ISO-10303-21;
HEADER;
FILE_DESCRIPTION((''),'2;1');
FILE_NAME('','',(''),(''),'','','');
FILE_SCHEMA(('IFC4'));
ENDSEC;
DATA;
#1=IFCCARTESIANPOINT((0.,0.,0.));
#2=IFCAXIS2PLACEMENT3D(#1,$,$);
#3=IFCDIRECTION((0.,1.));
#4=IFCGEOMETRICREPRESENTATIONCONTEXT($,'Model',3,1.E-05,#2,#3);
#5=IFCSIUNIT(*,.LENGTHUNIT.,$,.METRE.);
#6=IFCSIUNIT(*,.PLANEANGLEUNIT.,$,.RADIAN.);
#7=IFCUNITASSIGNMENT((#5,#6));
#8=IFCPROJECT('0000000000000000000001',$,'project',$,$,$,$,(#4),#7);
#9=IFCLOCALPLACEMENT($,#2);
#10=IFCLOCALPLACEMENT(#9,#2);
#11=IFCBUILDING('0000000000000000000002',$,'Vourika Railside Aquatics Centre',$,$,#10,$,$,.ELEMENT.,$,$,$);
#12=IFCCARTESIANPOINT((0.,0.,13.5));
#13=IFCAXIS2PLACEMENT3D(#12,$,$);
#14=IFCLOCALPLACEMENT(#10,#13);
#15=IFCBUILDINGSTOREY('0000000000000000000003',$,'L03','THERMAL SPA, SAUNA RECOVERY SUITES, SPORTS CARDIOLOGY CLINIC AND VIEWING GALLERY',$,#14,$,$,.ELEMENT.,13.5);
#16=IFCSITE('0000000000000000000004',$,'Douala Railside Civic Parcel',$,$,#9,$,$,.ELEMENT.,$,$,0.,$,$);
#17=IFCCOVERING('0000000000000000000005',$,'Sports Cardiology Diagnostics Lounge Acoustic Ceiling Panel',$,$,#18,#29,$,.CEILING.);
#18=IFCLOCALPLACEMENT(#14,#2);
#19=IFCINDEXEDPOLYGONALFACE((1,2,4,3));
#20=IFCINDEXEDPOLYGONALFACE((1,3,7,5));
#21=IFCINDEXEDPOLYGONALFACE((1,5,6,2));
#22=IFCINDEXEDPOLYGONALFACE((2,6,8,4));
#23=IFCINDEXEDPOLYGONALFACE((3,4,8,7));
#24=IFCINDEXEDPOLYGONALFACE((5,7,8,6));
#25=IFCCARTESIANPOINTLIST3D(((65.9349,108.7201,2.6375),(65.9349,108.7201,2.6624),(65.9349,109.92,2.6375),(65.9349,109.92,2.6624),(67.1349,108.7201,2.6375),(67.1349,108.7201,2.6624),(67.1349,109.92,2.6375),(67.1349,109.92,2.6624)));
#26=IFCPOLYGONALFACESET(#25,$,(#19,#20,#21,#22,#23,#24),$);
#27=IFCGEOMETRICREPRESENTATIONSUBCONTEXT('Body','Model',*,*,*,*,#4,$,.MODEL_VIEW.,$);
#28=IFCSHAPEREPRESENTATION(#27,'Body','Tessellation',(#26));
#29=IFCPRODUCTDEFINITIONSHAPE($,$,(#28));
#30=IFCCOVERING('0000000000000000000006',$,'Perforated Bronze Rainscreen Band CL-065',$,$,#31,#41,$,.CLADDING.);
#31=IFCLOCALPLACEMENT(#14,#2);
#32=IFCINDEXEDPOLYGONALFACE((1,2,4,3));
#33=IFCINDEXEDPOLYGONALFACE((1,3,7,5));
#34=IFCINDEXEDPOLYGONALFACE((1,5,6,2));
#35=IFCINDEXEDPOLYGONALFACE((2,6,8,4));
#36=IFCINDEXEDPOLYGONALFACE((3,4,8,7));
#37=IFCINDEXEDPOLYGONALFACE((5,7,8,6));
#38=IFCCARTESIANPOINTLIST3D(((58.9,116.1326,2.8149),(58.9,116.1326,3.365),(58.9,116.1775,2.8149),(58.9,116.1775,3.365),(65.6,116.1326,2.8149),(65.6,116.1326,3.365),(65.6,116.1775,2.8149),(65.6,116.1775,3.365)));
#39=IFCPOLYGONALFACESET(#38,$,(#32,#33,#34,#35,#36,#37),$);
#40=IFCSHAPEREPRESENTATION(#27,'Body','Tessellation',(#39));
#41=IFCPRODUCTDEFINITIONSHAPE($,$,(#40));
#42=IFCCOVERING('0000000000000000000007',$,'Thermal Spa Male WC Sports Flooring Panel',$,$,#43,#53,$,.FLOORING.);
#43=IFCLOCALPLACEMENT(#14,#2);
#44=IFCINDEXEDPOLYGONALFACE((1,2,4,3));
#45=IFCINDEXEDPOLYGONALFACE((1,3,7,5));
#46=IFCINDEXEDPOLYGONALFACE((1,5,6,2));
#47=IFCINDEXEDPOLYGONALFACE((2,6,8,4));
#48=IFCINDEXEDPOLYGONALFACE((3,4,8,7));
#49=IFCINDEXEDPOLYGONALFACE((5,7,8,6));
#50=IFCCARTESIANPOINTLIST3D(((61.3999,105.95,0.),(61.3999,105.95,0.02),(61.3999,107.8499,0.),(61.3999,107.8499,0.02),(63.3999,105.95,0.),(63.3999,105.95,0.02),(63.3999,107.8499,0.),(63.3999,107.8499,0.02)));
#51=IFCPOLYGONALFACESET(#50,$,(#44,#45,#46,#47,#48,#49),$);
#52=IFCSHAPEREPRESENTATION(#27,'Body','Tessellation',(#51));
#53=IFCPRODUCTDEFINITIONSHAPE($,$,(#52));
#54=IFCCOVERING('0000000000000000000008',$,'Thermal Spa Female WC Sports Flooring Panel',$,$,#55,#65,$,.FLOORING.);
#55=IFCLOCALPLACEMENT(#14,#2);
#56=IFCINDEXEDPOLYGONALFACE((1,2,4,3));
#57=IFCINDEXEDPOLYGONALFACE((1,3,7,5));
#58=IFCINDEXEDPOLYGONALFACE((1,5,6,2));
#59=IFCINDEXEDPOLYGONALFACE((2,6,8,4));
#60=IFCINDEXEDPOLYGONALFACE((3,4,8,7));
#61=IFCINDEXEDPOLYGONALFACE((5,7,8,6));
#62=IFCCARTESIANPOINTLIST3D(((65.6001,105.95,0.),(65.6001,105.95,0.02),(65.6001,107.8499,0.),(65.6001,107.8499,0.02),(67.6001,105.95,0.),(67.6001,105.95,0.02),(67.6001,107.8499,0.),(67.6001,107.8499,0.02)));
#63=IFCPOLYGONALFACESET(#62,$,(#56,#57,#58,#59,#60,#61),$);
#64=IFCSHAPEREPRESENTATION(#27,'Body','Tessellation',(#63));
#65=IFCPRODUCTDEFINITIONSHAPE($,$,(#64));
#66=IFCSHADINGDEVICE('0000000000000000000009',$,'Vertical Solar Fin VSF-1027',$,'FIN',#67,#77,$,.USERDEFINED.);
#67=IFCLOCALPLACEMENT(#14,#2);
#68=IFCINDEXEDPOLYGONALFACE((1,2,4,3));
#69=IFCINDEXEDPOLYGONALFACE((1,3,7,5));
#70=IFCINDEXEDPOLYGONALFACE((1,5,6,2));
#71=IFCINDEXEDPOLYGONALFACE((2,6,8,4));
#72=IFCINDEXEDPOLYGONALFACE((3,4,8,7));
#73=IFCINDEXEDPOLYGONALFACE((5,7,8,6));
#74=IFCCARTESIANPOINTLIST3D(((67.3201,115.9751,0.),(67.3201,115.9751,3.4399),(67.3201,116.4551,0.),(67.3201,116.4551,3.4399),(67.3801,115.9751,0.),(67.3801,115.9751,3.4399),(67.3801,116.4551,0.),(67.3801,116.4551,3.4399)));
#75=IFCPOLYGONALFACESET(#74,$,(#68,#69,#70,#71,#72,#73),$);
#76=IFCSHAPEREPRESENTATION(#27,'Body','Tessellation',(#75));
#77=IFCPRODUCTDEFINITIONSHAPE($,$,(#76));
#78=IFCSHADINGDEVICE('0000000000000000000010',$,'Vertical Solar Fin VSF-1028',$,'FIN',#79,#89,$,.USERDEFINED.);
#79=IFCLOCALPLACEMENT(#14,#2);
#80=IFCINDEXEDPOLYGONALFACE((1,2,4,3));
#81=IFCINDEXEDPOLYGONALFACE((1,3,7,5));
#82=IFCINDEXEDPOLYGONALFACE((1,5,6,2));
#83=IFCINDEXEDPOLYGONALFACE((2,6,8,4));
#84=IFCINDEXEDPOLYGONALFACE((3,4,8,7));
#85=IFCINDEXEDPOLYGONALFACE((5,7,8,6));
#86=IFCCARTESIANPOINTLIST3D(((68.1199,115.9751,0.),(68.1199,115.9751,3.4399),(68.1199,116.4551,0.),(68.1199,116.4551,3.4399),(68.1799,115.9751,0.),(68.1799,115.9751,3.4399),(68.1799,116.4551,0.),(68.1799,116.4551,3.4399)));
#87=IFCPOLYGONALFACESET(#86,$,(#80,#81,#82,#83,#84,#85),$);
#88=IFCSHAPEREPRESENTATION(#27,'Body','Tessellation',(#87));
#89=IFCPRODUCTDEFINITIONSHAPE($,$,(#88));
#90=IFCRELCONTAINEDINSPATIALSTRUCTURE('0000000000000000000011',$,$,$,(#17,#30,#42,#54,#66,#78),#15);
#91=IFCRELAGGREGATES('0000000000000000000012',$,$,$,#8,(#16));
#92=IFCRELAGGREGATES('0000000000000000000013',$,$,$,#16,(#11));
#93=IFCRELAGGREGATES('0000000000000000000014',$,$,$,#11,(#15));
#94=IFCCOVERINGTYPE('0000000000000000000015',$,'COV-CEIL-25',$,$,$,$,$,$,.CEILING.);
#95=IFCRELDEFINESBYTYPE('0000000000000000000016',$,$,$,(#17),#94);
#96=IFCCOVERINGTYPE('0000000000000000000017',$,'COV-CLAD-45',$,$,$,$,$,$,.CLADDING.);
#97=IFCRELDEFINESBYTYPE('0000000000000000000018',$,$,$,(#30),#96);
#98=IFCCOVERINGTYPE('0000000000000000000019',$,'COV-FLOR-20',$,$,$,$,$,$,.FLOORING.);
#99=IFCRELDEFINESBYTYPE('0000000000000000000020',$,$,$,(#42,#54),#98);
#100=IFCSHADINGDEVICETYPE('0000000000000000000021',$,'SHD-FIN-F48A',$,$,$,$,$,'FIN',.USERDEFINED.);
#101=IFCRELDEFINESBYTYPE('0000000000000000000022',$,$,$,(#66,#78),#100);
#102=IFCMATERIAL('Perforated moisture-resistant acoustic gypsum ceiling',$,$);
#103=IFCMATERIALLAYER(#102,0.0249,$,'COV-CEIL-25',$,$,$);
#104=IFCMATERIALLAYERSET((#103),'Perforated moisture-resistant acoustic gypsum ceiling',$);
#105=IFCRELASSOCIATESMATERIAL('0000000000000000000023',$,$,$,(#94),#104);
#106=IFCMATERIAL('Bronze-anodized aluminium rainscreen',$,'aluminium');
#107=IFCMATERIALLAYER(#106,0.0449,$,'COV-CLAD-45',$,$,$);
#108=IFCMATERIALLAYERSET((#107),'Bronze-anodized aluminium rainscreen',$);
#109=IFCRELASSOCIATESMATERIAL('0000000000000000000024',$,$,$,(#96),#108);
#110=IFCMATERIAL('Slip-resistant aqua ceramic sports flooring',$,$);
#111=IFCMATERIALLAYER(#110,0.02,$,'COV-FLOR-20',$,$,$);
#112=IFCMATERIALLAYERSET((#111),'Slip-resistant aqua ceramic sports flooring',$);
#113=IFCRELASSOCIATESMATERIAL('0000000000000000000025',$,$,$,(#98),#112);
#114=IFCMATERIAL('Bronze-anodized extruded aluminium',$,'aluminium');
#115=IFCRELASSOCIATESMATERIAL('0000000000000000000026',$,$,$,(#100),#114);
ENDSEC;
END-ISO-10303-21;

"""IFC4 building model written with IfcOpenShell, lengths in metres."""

from ifc_helpers import new_model, si_unit, direction, frame, origin, origin_2d, place, context, subcontext, project, spatial, rectangle, extrude, material, layer, layer_set, material_profile, profile_set, type_object, element, save


model = new_model("IFC4")

# Units and contexts
model_context = context("Model", 3, precision=1e-05, world=origin(), true_north=direction((0.0, 1.0)))
body_context = subcontext(model_context, "Body", "Model", "MODEL_VIEW")
ifc_project = project(units=[si_unit("LENGTHUNIT", "METRE"), si_unit("PLANEANGLEUNIT", "RADIAN")], contexts=[model_context])

# Site, building, storey
site_placement = place(None, origin())
site = spatial("IfcSite", under=ifc_project, at=site_placement, Name="Douala Railside Civic Parcel", CompositionType="ELEMENT", RefElevation=0.0)
building_placement = place(site_placement, origin())
building = spatial("IfcBuilding", under=site, at=building_placement, Name="Vourika Railside Aquatics Centre", CompositionType="ELEMENT")
storey_placement = place(building_placement, frame((0.0, 0.0, 13.5)))
storey = spatial("IfcBuildingStorey", under=building, at=storey_placement, Name="L03", Description="THERMAL SPA, SAUNA RECOVERY SUITES, SPORTS CARDIOLOGY CLINIC AND VIEWING GALLERY", CompositionType="ELEMENT", Elevation=13.5)

# Coverings
ifc_material_1 = material(Name="Perforated moisture-resistant acoustic gypsum ceiling")
ifc_layer_1 = layer(ifc_material_1, 0.0249, Name="COV-CEIL-25")
ifc_layer_set_1 = layer_set([ifc_layer_1], Name="Perforated moisture-resistant acoustic gypsum ceiling")
covering_type_1 = type_object("IfcCoveringType", Name="COV-CEIL-25", PredefinedType="CEILING", material=ifc_layer_set_1)
covering_1_placement = place(storey_placement, frame((66.5349, 109.3201, 2.6375), z_axis=(0.0, 0.0, 1.0), x_axis=(1.0, 0.0, 0.0)))
element("IfcCovering", 1, at=covering_1_placement, inside=storey, type_object=covering_type_1, Name="Sports Cardiology Diagnostics Lounge Acoustic Ceiling Panel", PredefinedType="CEILING", context=body_context, shape_type="SweptSolid", body=[
    extrude(rectangle(XDim=1.2, YDim=1.2, at=origin_2d()), origin(), (0.0, 0.0, 1.0), 0.0249),
])
ifc_material_2 = material(Name="Bronze-anodized aluminium rainscreen", Category="aluminium")
ifc_layer_2 = layer(ifc_material_2, 0.0449, Name="COV-CLAD-45")
ifc_layer_set_2 = layer_set([ifc_layer_2], Name="Bronze-anodized aluminium rainscreen")
covering_type_2 = type_object("IfcCoveringType", Name="COV-CLAD-45", PredefinedType="CLADDING", material=ifc_layer_set_2)
covering_2_placement = place(storey_placement, frame((62.25, 116.155, 2.8149), z_axis=(0.0, 0.0, 1.0), x_axis=(-1.0, 0.0, 0.0)))
element("IfcCovering", 2, at=covering_2_placement, inside=storey, type_object=covering_type_2, Name="Perforated Bronze Rainscreen Band CL-065", PredefinedType="CLADDING", context=body_context, shape_type="SweptSolid", body=[
    extrude(rectangle(XDim=6.7, YDim=0.0449, at=origin_2d()), origin(), (0.0, 0.0, 1.0), 0.55),
])
ifc_material_3 = material(Name="Slip-resistant aqua ceramic sports flooring")
ifc_layer_3 = layer(ifc_material_3, 0.02, Name="COV-FLOR-20")
ifc_layer_set_3 = layer_set([ifc_layer_3], Name="Slip-resistant aqua ceramic sports flooring")
covering_type_3 = type_object("IfcCoveringType", Name="COV-FLOR-20", PredefinedType="FLOORING", material=ifc_layer_set_3)
for number, where, z_axis, x_axis, name in (
    (3, (62.3999, 106.8999, 0.0), (0.0, 0.0, 1.0), (1.0, 0.0, 0.0), "Thermal Spa Male WC Sports Flooring Panel"),
    (4, (66.6001, 106.8999, 0.0), (0.0, 0.0, 1.0), (1.0, 0.0, 0.0), "Thermal Spa Female WC Sports Flooring Panel"),
):
    element("IfcCovering", number, at=place(storey_placement, frame(where, z_axis=z_axis, x_axis=x_axis)), inside=storey, type_object=covering_type_3, Name=name, PredefinedType="FLOORING", context=body_context, shape_type="SweptSolid", body=[
        extrude(rectangle(XDim=2.0, YDim=1.8999, at=origin_2d()), origin(), (0.0, 0.0, 1.0), 0.02),
    ])

# Shading devices
ifc_material_4 = material(Name="Bronze-anodized extruded aluminium", Category="aluminium")
ifc_material_profile_1 = material_profile(ifc_material_4, rectangle(XDim=0.0601, YDim=0.48, at=origin_2d()), Name="ALU-FIN 60x480")
ifc_profile_set_1 = profile_set([ifc_material_profile_1], Name="Bronze-anodized extruded aluminium")
shading_device_type = type_object("IfcShadingDeviceType", Name="SHD-FIN-F48A", ElementType="FIN", PredefinedType="USERDEFINED", material=ifc_profile_set_1)
for number, where, z_axis, x_axis, name in (
    (5, (67.3501, 116.2151, 0.0), (0.0, 0.0, 1.0), (1.0, 0.0, 0.0), "Vertical Solar Fin VSF-1027"),
    (6, (68.1499, 116.2151, 0.0), (0.0, 0.0, 1.0), (1.0, 0.0, 0.0), "Vertical Solar Fin VSF-1028"),
):
    element("IfcShadingDevice", number, at=place(storey_placement, frame(where, z_axis=z_axis, x_axis=x_axis)), inside=storey, type_object=shading_device_type, Name=name, ObjectType="FIN", PredefinedType="USERDEFINED", context=body_context, shape_type="SweptSolid", body=[
        extrude(rectangle(XDim=0.0601, YDim=0.48, at=origin_2d()), origin(), (0.0, 0.0, 1.0), 3.4399),
    ])

save(model, "model.ifc")
